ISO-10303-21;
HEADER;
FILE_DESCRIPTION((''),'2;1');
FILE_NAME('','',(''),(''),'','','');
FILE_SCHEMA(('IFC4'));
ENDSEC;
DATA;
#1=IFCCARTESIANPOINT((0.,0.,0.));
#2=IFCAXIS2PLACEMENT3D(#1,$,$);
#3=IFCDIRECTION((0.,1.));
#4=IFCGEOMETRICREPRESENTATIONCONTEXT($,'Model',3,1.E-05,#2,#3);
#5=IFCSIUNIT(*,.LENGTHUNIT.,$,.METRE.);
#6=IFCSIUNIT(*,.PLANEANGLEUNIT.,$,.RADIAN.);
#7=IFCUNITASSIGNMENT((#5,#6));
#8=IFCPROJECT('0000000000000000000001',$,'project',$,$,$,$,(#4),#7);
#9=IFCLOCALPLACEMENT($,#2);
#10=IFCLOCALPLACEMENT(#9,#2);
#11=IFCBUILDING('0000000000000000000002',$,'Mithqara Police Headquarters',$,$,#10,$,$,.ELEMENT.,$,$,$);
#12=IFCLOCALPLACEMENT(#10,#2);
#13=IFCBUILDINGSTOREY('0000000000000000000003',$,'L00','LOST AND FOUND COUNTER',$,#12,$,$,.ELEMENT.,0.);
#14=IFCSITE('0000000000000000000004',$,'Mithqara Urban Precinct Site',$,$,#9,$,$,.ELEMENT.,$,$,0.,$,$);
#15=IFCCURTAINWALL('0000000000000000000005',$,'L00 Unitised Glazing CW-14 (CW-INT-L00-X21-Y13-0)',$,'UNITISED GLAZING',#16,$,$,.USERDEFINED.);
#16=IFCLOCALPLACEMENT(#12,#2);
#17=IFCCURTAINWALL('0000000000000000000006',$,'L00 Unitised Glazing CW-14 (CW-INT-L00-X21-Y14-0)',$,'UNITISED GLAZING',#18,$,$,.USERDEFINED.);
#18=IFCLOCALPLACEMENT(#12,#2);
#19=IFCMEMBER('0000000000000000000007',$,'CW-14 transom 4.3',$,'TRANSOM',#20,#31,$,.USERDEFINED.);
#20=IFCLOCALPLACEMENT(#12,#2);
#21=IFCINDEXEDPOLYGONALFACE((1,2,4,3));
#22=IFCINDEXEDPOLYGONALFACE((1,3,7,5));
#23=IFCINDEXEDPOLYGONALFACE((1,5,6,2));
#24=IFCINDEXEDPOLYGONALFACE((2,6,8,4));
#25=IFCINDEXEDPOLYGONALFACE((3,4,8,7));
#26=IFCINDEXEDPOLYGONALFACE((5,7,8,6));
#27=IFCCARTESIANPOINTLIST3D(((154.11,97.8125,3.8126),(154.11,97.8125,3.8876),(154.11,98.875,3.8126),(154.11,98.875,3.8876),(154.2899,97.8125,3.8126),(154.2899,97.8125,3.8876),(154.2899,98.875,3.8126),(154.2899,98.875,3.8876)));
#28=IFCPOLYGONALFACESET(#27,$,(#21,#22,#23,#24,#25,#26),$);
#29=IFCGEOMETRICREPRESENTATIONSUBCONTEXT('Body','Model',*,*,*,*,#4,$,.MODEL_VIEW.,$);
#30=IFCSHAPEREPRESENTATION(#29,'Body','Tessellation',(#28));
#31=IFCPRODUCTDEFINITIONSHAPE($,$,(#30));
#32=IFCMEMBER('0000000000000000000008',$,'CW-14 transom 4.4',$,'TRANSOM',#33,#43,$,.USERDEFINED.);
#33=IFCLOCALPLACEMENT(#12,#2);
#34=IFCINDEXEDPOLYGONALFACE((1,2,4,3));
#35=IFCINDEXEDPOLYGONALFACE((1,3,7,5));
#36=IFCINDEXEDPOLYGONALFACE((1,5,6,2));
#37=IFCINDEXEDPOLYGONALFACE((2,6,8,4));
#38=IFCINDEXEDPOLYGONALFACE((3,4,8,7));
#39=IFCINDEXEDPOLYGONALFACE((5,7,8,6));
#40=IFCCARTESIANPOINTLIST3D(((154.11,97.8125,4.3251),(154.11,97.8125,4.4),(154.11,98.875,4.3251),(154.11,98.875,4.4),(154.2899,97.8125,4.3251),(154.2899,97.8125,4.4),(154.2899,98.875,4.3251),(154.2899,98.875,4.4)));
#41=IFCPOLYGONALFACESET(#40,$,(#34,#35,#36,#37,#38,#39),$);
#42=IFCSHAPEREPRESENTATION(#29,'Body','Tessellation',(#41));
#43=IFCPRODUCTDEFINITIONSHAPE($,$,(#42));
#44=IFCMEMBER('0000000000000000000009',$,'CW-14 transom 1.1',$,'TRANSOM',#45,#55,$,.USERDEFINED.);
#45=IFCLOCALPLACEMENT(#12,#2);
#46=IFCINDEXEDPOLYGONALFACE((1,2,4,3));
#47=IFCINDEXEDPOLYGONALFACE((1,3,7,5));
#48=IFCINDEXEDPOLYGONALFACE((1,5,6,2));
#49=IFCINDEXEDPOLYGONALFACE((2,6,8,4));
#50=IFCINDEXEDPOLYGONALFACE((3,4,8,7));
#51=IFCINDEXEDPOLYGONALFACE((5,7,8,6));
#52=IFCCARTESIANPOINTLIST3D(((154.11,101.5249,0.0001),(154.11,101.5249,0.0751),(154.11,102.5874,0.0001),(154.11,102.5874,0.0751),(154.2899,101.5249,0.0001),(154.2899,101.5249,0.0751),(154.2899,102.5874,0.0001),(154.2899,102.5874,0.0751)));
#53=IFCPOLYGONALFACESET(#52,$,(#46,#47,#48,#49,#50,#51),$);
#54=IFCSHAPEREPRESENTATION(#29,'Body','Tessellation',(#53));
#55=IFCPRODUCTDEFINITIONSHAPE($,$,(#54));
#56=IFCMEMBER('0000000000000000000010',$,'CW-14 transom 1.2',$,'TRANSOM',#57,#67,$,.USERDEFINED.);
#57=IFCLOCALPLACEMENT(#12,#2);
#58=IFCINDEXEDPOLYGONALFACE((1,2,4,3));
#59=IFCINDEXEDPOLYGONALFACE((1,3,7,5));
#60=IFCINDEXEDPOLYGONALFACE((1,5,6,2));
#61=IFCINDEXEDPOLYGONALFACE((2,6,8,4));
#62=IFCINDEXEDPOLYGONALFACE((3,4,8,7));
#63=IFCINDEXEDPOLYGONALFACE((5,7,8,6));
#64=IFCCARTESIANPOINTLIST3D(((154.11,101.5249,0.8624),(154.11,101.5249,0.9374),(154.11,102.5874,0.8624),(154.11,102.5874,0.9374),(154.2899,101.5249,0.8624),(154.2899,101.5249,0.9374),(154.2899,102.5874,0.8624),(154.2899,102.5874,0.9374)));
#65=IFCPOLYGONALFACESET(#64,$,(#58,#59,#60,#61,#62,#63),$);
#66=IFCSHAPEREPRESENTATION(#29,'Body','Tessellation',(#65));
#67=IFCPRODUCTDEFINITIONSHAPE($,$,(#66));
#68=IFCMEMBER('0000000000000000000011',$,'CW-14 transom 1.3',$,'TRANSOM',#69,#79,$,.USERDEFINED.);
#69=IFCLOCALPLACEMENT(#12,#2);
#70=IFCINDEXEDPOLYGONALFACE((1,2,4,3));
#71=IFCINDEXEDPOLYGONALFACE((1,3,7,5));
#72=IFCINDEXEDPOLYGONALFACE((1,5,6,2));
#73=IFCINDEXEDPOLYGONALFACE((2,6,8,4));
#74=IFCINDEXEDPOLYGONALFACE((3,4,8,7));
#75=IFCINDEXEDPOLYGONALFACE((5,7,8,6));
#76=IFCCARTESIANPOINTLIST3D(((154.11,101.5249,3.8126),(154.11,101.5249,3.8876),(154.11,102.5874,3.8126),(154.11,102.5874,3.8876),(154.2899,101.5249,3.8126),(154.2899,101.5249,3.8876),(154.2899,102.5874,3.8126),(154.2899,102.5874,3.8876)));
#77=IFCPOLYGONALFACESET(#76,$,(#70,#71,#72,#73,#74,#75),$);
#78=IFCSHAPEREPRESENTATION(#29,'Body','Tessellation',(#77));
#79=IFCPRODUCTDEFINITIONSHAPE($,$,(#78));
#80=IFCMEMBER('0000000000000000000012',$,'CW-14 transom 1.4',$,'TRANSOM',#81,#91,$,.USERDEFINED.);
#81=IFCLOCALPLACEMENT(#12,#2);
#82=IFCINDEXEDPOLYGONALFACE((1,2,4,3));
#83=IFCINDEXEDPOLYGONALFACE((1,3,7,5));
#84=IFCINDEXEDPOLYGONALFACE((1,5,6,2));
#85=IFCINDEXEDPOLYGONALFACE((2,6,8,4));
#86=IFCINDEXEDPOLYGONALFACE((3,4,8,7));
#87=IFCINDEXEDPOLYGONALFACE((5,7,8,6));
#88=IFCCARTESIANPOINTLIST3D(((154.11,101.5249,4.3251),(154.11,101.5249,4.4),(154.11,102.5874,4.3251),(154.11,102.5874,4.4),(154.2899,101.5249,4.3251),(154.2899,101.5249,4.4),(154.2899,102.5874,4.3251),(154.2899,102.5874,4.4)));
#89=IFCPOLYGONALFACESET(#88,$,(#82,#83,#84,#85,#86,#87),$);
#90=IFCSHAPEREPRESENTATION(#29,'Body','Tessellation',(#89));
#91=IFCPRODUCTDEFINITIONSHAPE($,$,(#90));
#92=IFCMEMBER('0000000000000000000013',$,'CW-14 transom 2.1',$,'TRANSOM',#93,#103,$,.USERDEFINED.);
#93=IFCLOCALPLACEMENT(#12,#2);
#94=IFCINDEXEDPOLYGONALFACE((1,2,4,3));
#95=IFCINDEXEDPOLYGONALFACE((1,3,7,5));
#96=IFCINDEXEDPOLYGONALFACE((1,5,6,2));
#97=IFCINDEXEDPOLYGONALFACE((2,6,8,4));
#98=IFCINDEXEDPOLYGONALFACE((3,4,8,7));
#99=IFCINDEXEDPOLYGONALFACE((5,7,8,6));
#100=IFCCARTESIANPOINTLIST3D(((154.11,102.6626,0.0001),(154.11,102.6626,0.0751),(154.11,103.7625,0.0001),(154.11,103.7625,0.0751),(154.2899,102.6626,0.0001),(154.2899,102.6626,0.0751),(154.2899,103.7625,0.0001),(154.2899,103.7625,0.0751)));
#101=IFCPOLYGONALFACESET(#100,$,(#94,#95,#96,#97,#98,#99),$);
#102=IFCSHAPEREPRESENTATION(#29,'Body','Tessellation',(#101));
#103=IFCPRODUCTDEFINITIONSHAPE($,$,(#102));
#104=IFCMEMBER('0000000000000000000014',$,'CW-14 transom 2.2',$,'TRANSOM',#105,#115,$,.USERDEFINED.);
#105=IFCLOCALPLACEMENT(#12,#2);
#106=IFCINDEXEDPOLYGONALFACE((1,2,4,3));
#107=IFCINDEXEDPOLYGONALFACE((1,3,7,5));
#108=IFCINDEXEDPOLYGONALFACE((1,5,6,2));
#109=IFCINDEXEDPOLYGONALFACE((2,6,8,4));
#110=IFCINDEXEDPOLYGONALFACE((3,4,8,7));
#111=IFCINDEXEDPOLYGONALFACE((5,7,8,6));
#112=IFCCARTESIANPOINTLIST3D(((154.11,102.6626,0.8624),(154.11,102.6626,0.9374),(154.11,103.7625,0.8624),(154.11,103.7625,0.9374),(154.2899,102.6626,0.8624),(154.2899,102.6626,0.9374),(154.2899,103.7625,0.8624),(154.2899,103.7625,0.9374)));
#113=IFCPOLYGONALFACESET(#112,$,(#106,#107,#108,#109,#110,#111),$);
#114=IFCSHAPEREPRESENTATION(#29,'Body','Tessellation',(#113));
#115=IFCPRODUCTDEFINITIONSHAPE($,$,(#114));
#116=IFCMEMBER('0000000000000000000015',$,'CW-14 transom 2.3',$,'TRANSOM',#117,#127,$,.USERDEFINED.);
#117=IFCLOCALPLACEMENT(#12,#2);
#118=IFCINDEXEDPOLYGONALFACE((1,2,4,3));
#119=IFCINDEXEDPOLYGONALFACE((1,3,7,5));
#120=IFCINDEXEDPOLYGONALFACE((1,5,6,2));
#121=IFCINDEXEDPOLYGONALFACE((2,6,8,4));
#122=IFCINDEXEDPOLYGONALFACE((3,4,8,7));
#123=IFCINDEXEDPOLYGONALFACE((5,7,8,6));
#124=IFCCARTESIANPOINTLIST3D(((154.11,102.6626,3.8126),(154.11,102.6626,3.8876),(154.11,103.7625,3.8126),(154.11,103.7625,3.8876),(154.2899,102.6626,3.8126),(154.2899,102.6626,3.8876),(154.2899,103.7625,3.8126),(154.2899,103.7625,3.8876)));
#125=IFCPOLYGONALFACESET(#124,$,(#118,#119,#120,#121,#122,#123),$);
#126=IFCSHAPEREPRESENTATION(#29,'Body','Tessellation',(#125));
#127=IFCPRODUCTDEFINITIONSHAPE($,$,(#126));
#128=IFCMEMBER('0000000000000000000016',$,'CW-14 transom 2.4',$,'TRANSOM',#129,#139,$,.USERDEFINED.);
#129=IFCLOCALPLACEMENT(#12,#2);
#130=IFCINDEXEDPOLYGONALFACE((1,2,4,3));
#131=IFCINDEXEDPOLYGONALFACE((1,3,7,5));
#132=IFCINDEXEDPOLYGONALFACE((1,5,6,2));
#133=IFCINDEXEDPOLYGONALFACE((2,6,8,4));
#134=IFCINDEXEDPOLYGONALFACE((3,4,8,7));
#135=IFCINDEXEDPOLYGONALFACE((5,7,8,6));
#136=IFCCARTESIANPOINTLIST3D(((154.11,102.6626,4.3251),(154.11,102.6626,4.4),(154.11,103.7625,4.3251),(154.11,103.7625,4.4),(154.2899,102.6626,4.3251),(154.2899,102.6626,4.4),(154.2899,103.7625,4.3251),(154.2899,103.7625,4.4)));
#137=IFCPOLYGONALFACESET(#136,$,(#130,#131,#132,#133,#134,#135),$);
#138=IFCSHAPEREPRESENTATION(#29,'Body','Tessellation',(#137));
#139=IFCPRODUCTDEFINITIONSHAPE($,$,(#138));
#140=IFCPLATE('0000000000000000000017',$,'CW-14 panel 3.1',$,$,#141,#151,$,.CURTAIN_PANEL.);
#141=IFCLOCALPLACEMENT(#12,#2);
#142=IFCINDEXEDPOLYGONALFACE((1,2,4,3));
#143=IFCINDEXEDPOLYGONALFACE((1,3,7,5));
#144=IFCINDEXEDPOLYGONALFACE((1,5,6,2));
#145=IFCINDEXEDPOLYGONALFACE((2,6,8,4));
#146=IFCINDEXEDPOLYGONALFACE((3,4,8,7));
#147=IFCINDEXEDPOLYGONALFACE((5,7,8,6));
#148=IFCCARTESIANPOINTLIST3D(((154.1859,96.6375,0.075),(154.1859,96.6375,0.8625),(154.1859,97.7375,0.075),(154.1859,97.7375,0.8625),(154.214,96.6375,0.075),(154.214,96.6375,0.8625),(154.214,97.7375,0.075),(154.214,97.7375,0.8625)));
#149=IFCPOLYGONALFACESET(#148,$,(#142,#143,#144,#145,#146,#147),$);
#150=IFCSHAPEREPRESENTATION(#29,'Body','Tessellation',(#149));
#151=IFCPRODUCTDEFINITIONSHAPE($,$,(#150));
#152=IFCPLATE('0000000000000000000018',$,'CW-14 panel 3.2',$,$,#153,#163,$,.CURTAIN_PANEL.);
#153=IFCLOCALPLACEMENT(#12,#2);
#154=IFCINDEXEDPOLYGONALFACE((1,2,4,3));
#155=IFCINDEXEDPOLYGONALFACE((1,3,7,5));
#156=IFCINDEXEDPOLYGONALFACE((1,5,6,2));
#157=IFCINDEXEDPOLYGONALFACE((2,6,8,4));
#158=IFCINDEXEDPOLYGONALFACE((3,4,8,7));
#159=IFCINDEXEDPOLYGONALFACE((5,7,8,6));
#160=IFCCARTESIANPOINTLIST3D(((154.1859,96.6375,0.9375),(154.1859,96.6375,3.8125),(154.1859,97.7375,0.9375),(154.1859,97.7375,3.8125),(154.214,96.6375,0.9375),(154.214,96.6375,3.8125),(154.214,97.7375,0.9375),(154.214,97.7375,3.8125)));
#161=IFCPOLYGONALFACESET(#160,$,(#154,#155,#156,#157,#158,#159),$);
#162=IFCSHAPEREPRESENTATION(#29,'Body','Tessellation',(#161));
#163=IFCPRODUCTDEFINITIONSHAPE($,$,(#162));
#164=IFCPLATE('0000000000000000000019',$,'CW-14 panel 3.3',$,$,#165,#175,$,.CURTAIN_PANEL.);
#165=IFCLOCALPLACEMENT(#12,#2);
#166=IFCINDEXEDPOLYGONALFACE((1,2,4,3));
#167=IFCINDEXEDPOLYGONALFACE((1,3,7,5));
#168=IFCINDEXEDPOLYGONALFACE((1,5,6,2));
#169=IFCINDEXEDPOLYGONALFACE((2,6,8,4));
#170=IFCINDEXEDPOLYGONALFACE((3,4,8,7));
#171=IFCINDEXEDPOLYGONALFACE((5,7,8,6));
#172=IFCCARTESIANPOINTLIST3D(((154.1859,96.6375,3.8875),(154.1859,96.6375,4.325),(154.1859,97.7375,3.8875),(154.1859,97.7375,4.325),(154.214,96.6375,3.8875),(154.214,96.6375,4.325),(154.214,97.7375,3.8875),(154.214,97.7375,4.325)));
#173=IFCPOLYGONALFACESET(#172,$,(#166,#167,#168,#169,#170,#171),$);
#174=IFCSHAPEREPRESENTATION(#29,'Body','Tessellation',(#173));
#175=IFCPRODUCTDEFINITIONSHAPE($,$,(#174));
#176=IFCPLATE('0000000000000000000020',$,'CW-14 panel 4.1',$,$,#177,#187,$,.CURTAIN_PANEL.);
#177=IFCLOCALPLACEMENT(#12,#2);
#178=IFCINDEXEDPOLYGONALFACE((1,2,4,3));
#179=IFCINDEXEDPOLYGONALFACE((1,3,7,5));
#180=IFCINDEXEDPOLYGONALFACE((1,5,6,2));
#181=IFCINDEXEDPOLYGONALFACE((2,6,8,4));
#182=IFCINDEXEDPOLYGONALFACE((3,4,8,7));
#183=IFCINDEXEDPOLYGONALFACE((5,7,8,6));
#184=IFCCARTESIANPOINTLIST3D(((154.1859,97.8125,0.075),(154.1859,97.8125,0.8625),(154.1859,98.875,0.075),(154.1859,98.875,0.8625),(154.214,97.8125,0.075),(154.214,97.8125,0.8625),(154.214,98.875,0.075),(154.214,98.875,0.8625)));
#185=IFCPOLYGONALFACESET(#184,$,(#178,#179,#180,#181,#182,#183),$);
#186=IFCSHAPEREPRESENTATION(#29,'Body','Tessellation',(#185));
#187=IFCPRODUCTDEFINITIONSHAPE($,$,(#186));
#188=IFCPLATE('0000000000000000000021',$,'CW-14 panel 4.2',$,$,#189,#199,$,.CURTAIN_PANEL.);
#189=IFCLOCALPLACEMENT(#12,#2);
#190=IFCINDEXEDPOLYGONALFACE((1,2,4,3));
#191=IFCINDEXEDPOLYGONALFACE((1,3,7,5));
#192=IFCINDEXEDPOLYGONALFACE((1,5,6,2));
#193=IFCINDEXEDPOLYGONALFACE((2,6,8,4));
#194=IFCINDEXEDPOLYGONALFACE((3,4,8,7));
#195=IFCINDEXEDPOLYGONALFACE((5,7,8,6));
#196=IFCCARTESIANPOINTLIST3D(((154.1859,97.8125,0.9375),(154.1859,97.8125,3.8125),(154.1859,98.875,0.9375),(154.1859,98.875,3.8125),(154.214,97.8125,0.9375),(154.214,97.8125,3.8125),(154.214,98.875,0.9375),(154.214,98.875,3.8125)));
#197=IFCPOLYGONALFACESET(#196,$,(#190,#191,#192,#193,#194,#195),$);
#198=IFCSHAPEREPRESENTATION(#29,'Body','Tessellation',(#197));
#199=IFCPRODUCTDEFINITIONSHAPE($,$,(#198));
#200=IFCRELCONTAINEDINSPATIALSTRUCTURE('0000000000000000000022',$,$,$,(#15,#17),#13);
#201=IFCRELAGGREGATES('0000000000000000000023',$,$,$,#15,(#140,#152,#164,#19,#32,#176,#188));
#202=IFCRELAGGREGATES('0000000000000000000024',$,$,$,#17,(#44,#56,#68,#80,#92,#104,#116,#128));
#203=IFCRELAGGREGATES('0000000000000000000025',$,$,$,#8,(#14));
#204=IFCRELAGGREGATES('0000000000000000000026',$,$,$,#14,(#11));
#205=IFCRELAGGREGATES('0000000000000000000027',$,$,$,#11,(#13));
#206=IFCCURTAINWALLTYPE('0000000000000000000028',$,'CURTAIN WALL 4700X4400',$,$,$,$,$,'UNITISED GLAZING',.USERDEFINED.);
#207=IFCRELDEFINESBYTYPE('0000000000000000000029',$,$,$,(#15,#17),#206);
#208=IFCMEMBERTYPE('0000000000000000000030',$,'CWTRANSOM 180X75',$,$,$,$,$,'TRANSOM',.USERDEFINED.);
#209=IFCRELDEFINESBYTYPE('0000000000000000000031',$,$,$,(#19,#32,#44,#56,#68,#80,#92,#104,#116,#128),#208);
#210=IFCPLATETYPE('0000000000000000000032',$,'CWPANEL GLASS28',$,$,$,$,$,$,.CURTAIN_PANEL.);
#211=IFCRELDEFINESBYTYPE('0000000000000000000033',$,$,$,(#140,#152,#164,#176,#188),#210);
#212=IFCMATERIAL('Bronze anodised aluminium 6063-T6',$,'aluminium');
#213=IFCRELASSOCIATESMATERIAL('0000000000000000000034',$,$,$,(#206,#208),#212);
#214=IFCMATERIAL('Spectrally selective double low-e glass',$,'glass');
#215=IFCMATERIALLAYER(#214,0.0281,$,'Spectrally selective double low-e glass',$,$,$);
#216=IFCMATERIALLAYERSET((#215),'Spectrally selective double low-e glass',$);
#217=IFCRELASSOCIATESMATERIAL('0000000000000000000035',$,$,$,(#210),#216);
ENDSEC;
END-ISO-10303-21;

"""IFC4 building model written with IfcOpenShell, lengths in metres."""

from ifc_helpers import new_model, si_unit, direction, frame, origin, origin_2d, place, context, subcontext, project, spatial, rectangle, extrude, material, layer, layer_set, material_profile, profile_set, type_object, element, aggregate, save


model = new_model("IFC4")

# Units and contexts
model_context = context("Model", 3, precision=1e-05, world=origin(), true_north=direction((0.0, 1.0)))
body_context = subcontext(model_context, "Body", "Model", "MODEL_VIEW")
ifc_project = project(units=[si_unit("LENGTHUNIT", "METRE"), si_unit("PLANEANGLEUNIT", "RADIAN")], contexts=[model_context])

# Site, building, storey
site_placement = place(None, origin())
site = spatial("IfcSite", under=ifc_project, at=site_placement, Name="Mithqara Urban Precinct Site", CompositionType="ELEMENT", RefElevation=0.0)
building_placement = place(site_placement, origin())
building = spatial("IfcBuilding", under=site, at=building_placement, Name="Mithqara Police Headquarters", CompositionType="ELEMENT")
storey_placement = place(building_placement, origin())
storey = spatial("IfcBuildingStorey", under=building, at=storey_placement, Name="L00", Description="LOST AND FOUND COUNTER", CompositionType="ELEMENT", Elevation=0.0)

# Curtain walls
ifc_material_1 = material(Name="Bronze anodised aluminium 6063-T6", Category="aluminium")
curtain_wall_type = type_object("IfcCurtainWallType", Name="CURTAIN WALL 4700X4400", ElementType="UNITISED GLAZING", PredefinedType="USERDEFINED", material=ifc_material_1)
curtain_wall_1_placement = place(storey_placement, origin())
curtain_wall_1 = element("IfcCurtainWall", 1, at=curtain_wall_1_placement, inside=storey, type_object=curtain_wall_type, Name="L00 Unitised Glazing CW-14 (CW-INT-L00-X21-Y13-0)", ObjectType="UNITISED GLAZING", PredefinedType="USERDEFINED")
curtain_wall_2_placement = place(storey_placement, origin())
curtain_wall_2 = element("IfcCurtainWall", 2, at=curtain_wall_2_placement, inside=storey, type_object=curtain_wall_type, Name="L00 Unitised Glazing CW-14 (CW-INT-L00-X21-Y14-0)", ObjectType="UNITISED GLAZING", PredefinedType="USERDEFINED")

# Members
ifc_material_profile_1 = material_profile(ifc_material_1, rectangle(XDim=0.1799, YDim=0.075, at=origin_2d()), Name="CWT 180x75")
ifc_profile_set_1 = profile_set([ifc_material_profile_1], Name="Bronze anodised aluminium 6063-T6")
member_type_1 = type_object("IfcMemberType", Name="CWTRANSOM 180X75", ElementType="TRANSOM", PredefinedType="USERDEFINED", material=ifc_profile_set_1)
member_1_placement = place(storey_placement, frame((154.2, 97.8125, 3.8501), z_axis=(0.0, 1.0, 0.0), x_axis=(-1.0, 0.0, 0.0)))
member_1 = element("IfcMember", 3, at=member_1_placement, type_object=member_type_1, Name="CW-14 transom 4.3", ObjectType="TRANSOM", PredefinedType="USERDEFINED", context=body_context, shape_type="SweptSolid", body=[
    extrude(rectangle(XDim=0.1799, YDim=0.075, at=origin_2d()), origin(), (0.0, 0.0, 1.0), 1.0625),
])
member_2_placement = place(storey_placement, frame((154.2, 97.8125, 4.3625), z_axis=(0.0, 1.0, 0.0), x_axis=(-1.0, 0.0, 0.0)))
member_2 = element("IfcMember", 4, at=member_2_placement, type_object=member_type_1, Name="CW-14 transom 4.4", ObjectType="TRANSOM", PredefinedType="USERDEFINED", context=body_context, shape_type="SweptSolid", body=[
    extrude(rectangle(XDim=0.1799, YDim=0.075, at=origin_2d()), origin(), (0.0, 0.0, 1.0), 1.0625),
])
member_3_placement = place(storey_placement, frame((154.2, 101.5249, 0.0376), z_axis=(0.0, 1.0, 0.0), x_axis=(-1.0, 0.0, 0.0)))
member_3 = element("IfcMember", 5, at=member_3_placement, type_object=member_type_1, Name="CW-14 transom 1.1", ObjectType="TRANSOM", PredefinedType="USERDEFINED", context=body_context, shape_type="SweptSolid", body=[
    extrude(rectangle(XDim=0.1799, YDim=0.075, at=origin_2d()), origin(), (0.0, 0.0, 1.0), 1.0625),
])
member_4_placement = place(storey_placement, frame((154.2, 101.5249, 0.8999), z_axis=(0.0, 1.0, 0.0), x_axis=(-1.0, 0.0, 0.0)))
member_4 = element("IfcMember", 6, at=member_4_placement, type_object=member_type_1, Name="CW-14 transom 1.2", ObjectType="TRANSOM", PredefinedType="USERDEFINED", context=body_context, shape_type="SweptSolid", body=[
    extrude(rectangle(XDim=0.1799, YDim=0.075, at=origin_2d()), origin(), (0.0, 0.0, 1.0), 1.0625),
])
member_5_placement = place(storey_placement, frame((154.2, 101.5249, 3.8501), z_axis=(0.0, 1.0, 0.0), x_axis=(-1.0, 0.0, 0.0)))
member_5 = element("IfcMember", 7, at=member_5_placement, type_object=member_type_1, Name="CW-14 transom 1.3", ObjectType="TRANSOM", PredefinedType="USERDEFINED", context=body_context, shape_type="SweptSolid", body=[
    extrude(rectangle(XDim=0.1799, YDim=0.075, at=origin_2d()), origin(), (0.0, 0.0, 1.0), 1.0625),
])
member_6_placement = place(storey_placement, frame((154.2, 101.5249, 4.3625), z_axis=(0.0, 1.0, 0.0), x_axis=(-1.0, 0.0, 0.0)))
member_6 = element("IfcMember", 8, at=member_6_placement, type_object=member_type_1, Name="CW-14 transom 1.4", ObjectType="TRANSOM", PredefinedType="USERDEFINED", context=body_context, shape_type="SweptSolid", body=[
    extrude(rectangle(XDim=0.1799, YDim=0.075, at=origin_2d()), origin(), (0.0, 0.0, 1.0), 1.0625),
])
member_7_placement = place(storey_placement, frame((154.2, 102.6626, 0.0376), z_axis=(0.0, 1.0, 0.0), x_axis=(-1.0, 0.0, 0.0)))
member_7 = element("IfcMember", 9, at=member_7_placement, type_object=member_type_1, Name="CW-14 transom 2.1", ObjectType="TRANSOM", PredefinedType="USERDEFINED", context=body_context, shape_type="SweptSolid", body=[
    extrude(rectangle(XDim=0.1799, YDim=0.075, at=origin_2d()), origin(), (0.0, 0.0, 1.0), 1.0999),
])
member_8_placement = place(storey_placement, frame((154.2, 102.6626, 0.8999), z_axis=(0.0, 1.0, 0.0), x_axis=(-1.0, 0.0, 0.0)))
member_8 = element("IfcMember", 10, at=member_8_placement, type_object=member_type_1, Name="CW-14 transom 2.2", ObjectType="TRANSOM", PredefinedType="USERDEFINED", context=body_context, shape_type="SweptSolid", body=[
    extrude(rectangle(XDim=0.1799, YDim=0.075, at=origin_2d()), origin(), (0.0, 0.0, 1.0), 1.0999),
])
member_9_placement = place(storey_placement, frame((154.2, 102.6626, 3.8501), z_axis=(0.0, 1.0, 0.0), x_axis=(-1.0, 0.0, 0.0)))
member_9 = element("IfcMember", 11, at=member_9_placement, type_object=member_type_1, Name="CW-14 transom 2.3", ObjectType="TRANSOM", PredefinedType="USERDEFINED", context=body_context, shape_type="SweptSolid", body=[
    extrude(rectangle(XDim=0.1799, YDim=0.075, at=origin_2d()), origin(), (0.0, 0.0, 1.0), 1.0999),
])
member_10_placement = place(storey_placement, frame((154.2, 102.6626, 4.3625), z_axis=(0.0, 1.0, 0.0), x_axis=(-1.0, 0.0, 0.0)))
member_10 = element("IfcMember", 12, at=member_10_placement, type_object=member_type_1, Name="CW-14 transom 2.4", ObjectType="TRANSOM", PredefinedType="USERDEFINED", context=body_context, shape_type="SweptSolid", body=[
    extrude(rectangle(XDim=0.1799, YDim=0.075, at=origin_2d()), origin(), (0.0, 0.0, 1.0), 1.0999),
])

# Plates
ifc_material_2 = material(Name="Spectrally selective double low-e glass", Category="glass")
ifc_layer_1 = layer(ifc_material_2, 0.0281, Name="Spectrally selective double low-e glass")
ifc_layer_set_1 = layer_set([ifc_layer_1], Name="Spectrally selective double low-e glass")
plate_type = type_object("IfcPlateType", Name="CWPANEL GLASS28", PredefinedType="CURTAIN_PANEL", material=ifc_layer_set_1)
plate_1_placement = place(storey_placement, frame((154.2, 97.1875, 0.075), z_axis=(0.0, 0.0, 1.0), x_axis=(0.0, 1.0, 0.0)))
plate_1 = element("IfcPlate", 13, at=plate_1_placement, type_object=plate_type, Name="CW-14 panel 3.1", PredefinedType="CURTAIN_PANEL", context=body_context, shape_type="SweptSolid", body=[
    extrude(rectangle(XDim=1.1001, YDim=0.0281, at=origin_2d()), origin(), (0.0, 0.0, 1.0), 0.7876),
])
plate_2_placement = place(storey_placement, frame((154.2, 97.1875, 0.9375), z_axis=(0.0, 0.0, 1.0), x_axis=(0.0, 1.0, 0.0)))
plate_2 = element("IfcPlate", 14, at=plate_2_placement, type_object=plate_type, Name="CW-14 panel 3.2", PredefinedType="CURTAIN_PANEL", context=body_context, shape_type="SweptSolid", body=[
    extrude(rectangle(XDim=1.1001, YDim=0.0281, at=origin_2d()), origin(), (0.0, 0.0, 1.0), 2.875),
])
plate_3_placement = place(storey_placement, frame((154.2, 97.1875, 3.8875), z_axis=(0.0, 0.0, 1.0), x_axis=(0.0, 1.0, 0.0)))
plate_3 = element("IfcPlate", 15, at=plate_3_placement, type_object=plate_type, Name="CW-14 panel 3.3", PredefinedType="CURTAIN_PANEL", context=body_context, shape_type="SweptSolid", body=[
    extrude(rectangle(XDim=1.1001, YDim=0.0281, at=origin_2d()), origin(), (0.0, 0.0, 1.0), 0.4375),
])
plate_4_placement = place(storey_placement, frame((154.2, 98.3438, 0.075), z_axis=(0.0, 0.0, 1.0), x_axis=(0.0, 1.0, 0.0)))
plate_4 = element("IfcPlate", 16, at=plate_4_placement, type_object=plate_type, Name="CW-14 panel 4.1", PredefinedType="CURTAIN_PANEL", context=body_context, shape_type="SweptSolid", body=[
    extrude(rectangle(XDim=1.0625, YDim=0.0281, at=origin_2d()), origin(), (0.0, 0.0, 1.0), 0.7876),
])
plate_5_placement = place(storey_placement, frame((154.2, 98.3438, 0.9375), z_axis=(0.0, 0.0, 1.0), x_axis=(0.0, 1.0, 0.0)))
plate_5 = element("IfcPlate", 17, at=plate_5_placement, type_object=plate_type, Name="CW-14 panel 4.2", PredefinedType="CURTAIN_PANEL", context=body_context, shape_type="SweptSolid", body=[
    extrude(rectangle(XDim=1.0625, YDim=0.0281, at=origin_2d()), origin(), (0.0, 0.0, 1.0), 2.875),
])
aggregate(curtain_wall_1, [plate_1, plate_2, plate_3, member_1, member_2, plate_4, plate_5])
aggregate(curtain_wall_2, [member_3, member_4, member_5, member_6, member_7, member_8, member_9, member_10])

save(model, "model.ifc")
